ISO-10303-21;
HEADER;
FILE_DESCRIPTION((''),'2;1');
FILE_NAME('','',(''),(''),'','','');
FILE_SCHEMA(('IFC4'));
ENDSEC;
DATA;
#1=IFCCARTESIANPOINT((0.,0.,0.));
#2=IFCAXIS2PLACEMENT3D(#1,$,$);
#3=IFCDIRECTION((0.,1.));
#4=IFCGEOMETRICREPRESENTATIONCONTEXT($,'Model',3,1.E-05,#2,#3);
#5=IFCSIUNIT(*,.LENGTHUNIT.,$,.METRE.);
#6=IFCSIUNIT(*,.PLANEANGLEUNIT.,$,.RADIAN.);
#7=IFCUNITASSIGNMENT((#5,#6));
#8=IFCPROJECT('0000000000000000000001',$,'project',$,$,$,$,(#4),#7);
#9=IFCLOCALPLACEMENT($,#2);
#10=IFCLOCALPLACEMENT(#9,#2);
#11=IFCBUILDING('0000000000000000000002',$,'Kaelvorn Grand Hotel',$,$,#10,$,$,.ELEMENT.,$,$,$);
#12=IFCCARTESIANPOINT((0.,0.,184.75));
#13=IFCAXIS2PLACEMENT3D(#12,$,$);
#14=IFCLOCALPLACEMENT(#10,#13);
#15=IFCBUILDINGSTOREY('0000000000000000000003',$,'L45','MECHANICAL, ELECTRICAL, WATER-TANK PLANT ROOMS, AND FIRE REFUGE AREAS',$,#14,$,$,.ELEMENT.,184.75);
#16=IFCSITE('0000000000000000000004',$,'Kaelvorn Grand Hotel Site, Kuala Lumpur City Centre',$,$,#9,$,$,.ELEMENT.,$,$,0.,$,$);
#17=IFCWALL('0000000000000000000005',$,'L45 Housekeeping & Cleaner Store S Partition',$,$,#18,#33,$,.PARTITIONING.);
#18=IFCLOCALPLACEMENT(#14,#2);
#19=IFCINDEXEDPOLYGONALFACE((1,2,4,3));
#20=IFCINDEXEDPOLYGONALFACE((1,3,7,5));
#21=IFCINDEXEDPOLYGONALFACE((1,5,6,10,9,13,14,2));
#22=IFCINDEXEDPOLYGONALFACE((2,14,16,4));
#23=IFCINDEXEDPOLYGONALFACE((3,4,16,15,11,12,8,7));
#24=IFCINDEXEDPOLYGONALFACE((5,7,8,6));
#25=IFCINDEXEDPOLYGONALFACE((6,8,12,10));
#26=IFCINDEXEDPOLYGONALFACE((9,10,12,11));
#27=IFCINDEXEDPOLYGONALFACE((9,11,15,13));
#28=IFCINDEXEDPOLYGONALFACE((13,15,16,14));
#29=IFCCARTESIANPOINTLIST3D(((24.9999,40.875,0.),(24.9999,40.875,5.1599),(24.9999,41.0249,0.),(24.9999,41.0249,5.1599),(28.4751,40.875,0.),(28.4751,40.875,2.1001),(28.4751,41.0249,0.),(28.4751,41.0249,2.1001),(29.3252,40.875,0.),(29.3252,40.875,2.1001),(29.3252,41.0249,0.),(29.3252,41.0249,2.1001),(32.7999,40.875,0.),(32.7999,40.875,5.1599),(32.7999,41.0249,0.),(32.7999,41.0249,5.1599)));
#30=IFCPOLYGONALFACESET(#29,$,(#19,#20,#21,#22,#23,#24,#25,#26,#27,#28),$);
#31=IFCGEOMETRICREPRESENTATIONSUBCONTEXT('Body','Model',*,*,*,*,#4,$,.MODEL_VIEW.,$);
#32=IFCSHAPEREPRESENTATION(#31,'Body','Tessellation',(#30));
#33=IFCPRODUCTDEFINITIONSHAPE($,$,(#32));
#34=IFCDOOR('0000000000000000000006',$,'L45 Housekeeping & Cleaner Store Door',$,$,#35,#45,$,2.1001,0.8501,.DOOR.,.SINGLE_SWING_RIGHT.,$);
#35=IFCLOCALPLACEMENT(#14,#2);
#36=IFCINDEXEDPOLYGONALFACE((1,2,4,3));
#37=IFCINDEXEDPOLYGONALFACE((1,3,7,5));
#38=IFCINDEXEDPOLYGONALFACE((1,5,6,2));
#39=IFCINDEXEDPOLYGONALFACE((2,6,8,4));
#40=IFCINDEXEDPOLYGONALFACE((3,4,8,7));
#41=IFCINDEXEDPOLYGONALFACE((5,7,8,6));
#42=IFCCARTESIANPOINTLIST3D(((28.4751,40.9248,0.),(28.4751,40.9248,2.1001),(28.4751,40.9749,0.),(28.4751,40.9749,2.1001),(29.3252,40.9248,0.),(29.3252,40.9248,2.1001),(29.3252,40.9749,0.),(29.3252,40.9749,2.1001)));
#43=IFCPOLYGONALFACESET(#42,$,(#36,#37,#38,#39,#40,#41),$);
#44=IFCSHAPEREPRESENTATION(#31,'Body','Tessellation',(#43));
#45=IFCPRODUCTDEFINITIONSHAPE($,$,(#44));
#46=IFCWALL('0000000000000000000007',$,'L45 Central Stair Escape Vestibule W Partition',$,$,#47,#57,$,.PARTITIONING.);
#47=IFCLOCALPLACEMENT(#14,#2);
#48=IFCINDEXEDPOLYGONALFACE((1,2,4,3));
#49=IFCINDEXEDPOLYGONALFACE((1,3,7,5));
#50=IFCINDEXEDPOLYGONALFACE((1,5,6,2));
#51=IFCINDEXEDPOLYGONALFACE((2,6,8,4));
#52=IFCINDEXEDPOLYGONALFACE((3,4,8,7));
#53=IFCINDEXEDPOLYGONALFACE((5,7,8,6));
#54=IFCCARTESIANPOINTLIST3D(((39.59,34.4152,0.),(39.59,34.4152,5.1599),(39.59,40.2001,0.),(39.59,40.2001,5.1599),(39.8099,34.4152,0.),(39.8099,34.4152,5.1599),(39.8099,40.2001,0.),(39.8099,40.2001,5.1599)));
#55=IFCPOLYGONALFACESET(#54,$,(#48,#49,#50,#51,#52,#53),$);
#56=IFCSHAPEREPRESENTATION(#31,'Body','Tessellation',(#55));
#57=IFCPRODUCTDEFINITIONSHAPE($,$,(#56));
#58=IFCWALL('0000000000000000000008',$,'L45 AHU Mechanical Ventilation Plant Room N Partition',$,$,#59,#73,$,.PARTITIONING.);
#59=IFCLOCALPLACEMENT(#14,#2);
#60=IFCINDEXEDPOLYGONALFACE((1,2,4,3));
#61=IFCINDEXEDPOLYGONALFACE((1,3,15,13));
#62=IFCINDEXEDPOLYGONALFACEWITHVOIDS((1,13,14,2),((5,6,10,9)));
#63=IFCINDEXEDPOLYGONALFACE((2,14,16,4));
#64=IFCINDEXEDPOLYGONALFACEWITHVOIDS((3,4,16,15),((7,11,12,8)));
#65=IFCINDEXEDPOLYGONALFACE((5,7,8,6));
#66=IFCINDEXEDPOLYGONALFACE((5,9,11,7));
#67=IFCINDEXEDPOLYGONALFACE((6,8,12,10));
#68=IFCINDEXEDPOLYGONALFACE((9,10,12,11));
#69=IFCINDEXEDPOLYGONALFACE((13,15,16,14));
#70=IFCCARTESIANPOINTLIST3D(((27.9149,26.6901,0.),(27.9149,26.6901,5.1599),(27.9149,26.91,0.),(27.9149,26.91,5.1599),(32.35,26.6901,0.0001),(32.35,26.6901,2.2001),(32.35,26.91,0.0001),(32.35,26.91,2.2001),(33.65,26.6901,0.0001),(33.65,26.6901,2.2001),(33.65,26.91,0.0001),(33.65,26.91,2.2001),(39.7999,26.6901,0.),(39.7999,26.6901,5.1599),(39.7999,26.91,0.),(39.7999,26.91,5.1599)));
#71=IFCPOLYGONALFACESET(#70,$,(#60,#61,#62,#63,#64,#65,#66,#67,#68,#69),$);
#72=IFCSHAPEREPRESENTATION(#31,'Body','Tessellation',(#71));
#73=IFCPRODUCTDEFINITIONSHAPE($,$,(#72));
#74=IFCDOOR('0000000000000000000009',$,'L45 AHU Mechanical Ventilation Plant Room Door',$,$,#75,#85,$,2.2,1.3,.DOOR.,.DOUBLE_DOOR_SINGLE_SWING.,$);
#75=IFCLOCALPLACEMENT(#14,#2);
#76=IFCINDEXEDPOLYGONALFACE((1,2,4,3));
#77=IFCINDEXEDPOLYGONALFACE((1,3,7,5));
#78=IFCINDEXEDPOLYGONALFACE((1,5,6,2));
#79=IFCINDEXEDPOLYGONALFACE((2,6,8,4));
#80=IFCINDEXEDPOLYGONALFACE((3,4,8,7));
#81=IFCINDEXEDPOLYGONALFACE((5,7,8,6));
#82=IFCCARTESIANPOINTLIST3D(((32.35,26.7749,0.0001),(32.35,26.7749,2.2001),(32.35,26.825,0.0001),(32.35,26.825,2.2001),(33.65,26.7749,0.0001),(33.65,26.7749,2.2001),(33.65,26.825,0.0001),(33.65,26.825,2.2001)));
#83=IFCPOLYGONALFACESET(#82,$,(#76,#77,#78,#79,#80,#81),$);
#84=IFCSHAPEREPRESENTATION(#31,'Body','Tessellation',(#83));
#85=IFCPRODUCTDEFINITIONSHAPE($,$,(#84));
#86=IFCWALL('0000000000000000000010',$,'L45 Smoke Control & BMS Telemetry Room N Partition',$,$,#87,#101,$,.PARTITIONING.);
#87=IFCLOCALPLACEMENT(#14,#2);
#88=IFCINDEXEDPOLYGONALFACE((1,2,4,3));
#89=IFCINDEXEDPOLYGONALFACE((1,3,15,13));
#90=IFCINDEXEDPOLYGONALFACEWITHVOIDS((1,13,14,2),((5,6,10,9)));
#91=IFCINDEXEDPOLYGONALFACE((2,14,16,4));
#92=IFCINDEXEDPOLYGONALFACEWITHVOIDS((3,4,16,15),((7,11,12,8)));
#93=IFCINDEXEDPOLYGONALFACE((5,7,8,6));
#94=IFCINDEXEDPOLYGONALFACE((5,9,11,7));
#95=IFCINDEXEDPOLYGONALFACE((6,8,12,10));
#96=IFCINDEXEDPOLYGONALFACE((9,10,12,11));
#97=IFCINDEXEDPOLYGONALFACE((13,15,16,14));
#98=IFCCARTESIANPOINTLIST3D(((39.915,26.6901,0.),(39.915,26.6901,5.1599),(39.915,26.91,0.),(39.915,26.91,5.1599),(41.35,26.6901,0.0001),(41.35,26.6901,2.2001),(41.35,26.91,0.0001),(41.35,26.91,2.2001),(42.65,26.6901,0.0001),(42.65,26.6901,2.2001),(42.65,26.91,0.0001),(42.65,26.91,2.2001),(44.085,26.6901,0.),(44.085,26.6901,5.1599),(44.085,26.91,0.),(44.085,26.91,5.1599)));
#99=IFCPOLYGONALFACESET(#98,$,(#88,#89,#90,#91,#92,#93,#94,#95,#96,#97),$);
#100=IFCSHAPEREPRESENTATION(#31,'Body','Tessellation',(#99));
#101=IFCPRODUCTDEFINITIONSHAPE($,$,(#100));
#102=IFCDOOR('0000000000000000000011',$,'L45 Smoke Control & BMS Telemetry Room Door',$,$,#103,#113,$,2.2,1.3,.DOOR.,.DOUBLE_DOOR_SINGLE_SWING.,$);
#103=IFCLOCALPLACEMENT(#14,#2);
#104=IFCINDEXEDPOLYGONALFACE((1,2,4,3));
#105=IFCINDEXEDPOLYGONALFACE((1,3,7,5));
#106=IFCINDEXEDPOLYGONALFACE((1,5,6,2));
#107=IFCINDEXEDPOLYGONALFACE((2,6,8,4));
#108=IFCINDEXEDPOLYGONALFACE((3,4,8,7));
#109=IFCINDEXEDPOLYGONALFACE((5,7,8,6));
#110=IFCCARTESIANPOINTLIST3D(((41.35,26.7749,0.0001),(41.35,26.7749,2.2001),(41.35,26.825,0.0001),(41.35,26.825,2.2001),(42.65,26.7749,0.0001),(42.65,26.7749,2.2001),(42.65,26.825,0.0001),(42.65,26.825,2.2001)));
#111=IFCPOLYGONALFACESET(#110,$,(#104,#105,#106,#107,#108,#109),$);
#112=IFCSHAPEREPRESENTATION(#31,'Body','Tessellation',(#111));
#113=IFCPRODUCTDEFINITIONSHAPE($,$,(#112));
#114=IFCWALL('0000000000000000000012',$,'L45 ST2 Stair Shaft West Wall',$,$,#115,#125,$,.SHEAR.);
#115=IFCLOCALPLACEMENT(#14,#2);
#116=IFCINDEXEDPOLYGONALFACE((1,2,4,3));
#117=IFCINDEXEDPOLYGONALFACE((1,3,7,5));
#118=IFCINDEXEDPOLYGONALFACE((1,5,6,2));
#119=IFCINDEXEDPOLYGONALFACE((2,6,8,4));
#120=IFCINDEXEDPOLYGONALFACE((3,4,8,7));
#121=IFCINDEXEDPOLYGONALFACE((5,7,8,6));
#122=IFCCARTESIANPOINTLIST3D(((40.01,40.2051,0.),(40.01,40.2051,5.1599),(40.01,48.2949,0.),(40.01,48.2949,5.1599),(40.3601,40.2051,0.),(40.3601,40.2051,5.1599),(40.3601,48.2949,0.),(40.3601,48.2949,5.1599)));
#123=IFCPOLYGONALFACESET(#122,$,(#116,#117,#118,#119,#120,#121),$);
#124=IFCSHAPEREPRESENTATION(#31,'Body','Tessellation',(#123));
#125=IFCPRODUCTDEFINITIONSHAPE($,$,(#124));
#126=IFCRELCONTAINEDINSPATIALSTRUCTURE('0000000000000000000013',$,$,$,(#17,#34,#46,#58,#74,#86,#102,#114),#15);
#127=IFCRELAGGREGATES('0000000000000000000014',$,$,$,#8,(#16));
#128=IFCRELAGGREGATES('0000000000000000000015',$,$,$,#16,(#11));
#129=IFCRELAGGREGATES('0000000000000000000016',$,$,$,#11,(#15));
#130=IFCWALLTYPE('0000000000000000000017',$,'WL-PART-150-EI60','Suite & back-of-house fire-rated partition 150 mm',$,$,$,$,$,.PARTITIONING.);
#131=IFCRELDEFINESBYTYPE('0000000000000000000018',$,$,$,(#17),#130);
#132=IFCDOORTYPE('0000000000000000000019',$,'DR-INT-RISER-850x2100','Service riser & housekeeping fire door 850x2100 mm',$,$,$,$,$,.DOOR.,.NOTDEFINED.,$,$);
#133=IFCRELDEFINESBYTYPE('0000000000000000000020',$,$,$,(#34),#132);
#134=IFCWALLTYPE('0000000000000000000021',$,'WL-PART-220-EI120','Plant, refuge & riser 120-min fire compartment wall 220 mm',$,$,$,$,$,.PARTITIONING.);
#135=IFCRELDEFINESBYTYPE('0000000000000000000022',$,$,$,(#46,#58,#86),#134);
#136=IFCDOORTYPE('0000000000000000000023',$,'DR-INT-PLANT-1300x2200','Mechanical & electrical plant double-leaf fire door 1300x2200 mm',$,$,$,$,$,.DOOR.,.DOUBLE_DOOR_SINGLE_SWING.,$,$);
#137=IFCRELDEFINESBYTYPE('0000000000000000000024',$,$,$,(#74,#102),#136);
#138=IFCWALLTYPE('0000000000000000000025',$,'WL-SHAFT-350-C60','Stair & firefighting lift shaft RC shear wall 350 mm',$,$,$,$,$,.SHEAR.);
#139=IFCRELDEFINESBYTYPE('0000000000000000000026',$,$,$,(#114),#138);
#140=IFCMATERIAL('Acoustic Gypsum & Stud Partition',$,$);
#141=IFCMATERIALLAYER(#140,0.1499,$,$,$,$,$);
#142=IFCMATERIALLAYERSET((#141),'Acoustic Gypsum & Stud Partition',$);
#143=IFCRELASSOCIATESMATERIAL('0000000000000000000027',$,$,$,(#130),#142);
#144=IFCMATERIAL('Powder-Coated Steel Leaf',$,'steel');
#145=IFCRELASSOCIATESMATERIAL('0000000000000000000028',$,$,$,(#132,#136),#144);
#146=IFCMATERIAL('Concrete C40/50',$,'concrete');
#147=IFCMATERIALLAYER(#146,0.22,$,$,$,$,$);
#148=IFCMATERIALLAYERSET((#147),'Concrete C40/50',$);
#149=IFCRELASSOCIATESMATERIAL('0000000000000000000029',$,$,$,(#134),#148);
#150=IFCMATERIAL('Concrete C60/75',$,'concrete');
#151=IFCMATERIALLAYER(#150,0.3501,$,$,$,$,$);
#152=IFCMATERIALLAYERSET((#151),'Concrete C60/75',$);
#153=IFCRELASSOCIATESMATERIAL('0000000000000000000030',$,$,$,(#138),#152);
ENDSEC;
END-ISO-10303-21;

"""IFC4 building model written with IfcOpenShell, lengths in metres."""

from ifc_helpers import new_model, si_unit, direction, frame, frame_2d, origin, place, context, subcontext, project, spatial, rectangle, extrude, material, layer, layer_set, type_object, element, fill, save


model = new_model("IFC4")

# Units and contexts
model_context = context("Model", 3, precision=1e-05, world=origin(), true_north=direction((0.0, 1.0)))
body_context = subcontext(model_context, "Body", "Model", "MODEL_VIEW")
ifc_project = project(units=[si_unit("LENGTHUNIT", "METRE"), si_unit("PLANEANGLEUNIT", "RADIAN")], contexts=[model_context])

# Site, building, storey
site_placement = place(None, origin())
site = spatial("IfcSite", under=ifc_project, at=site_placement, Name="Kaelvorn Grand Hotel Site, Kuala Lumpur City Centre", CompositionType="ELEMENT", RefElevation=0.0)
building_placement = place(site_placement, origin())
building = spatial("IfcBuilding", under=site, at=building_placement, Name="Kaelvorn Grand Hotel", CompositionType="ELEMENT")
storey_placement = place(building_placement, frame((0.0, 0.0, 184.75)))
storey = spatial("IfcBuildingStorey", under=building, at=storey_placement, Name="L45", Description="MECHANICAL, ELECTRICAL, WATER-TANK PLANT ROOMS, AND FIRE REFUGE AREAS", CompositionType="ELEMENT", Elevation=184.75)

# Shared definitions
ifc_material_1 = material(Name="Concrete C60/75", Category="concrete")

# Shared definitions
ifc_material_2 = material(Name="Acoustic Gypsum & Stud Partition")
ifc_layer_1 = layer(ifc_material_2, 0.1499)
ifc_layer_set_1 = layer_set([ifc_layer_1], Name="Acoustic Gypsum & Stud Partition")
wall_type_1 = type_object("IfcWallType", Name="WL-PART-150-EI60", Description="Suite & back-of-house fire-rated partition 150 mm", PredefinedType="PARTITIONING", material=ifc_layer_set_1)
ifc_material_3 = material(Name="Powder-Coated Steel Leaf", Category="steel")
door_type_1 = type_object("IfcDoorType", Name="DR-INT-RISER-850x2100", Description="Service riser & housekeeping fire door 850x2100 mm", OperationType="NOTDEFINED", PredefinedType="DOOR", material=ifc_material_3)

# Wall, opening, door
wall_1_placement = place(storey_placement, frame((25.0, 40.95, 0.0), z_axis=(0.0, 0.0, 1.0), x_axis=(1.0, 0.0, 0.0)))
wall_1 = element("IfcWall", 1, at=wall_1_placement, inside=storey, type_object=wall_type_1, Name="L45 Housekeeping & Cleaner Store S Partition", PredefinedType="PARTITIONING", context=body_context, shape_type="SweptSolid", body=[
    extrude(rectangle(XDim=7.8, YDim=0.1499, at=frame_2d((3.8999, 0.0))), origin(), (0.0, 0.0, 1.0), 5.1599),
])
opening_1_placement = place(wall_1_placement, frame((3.4751, 0.0, 0.0)))
opening_1 = element("IfcOpeningElement", 2, at=opening_1_placement, cuts=wall_1, PredefinedType="OPENING", context=body_context, shape_type="SweptSolid", body=[
    extrude(rectangle(XDim=0.8501, YDim=2.1001, at=frame_2d((0.425, 1.05))), frame((0.0, 0.085, 0.0), z_axis=(0.0, -1.0, 0.0), x_axis=(1.0, 0.0, 0.0)), (0.0, 0.0, 1.0), 0.1699),
])
door_1_placement = place(opening_1_placement, origin())
door_1 = element("IfcDoor", 3, at=door_1_placement, inside=storey, type_object=door_type_1, Name="L45 Housekeeping & Cleaner Store Door", OperationType="SINGLE_SWING_RIGHT", OverallHeight=2.1001, OverallWidth=0.8501, PredefinedType="DOOR", context=body_context, shape_type="SweptSolid", body=[
    extrude(rectangle(XDim=0.8501, YDim=2.1001, at=frame_2d((0.425, 1.05))), frame((0.0, 0.0249, 0.0), z_axis=(0.0, -1.0, 0.0), x_axis=(1.0, 0.0, 0.0)), (0.0, 0.0, 1.0), 0.05),
])
fill(opening_1, door_1)
ifc_material_4 = material(Name="Concrete C40/50", Category="concrete")
ifc_layer_2 = layer(ifc_material_4, 0.22)
ifc_layer_set_2 = layer_set([ifc_layer_2], Name="Concrete C40/50")
wall_type_2 = type_object("IfcWallType", Name="WL-PART-220-EI120", Description="Plant, refuge & riser 120-min fire compartment wall 220 mm", PredefinedType="PARTITIONING", material=ifc_layer_set_2)

# Wall
wall_2_placement = place(storey_placement, frame((39.7, 34.415, 0.0), z_axis=(0.0, 0.0, 1.0), x_axis=(0.0, 1.0, 0.0)))
element("IfcWall", 4, at=wall_2_placement, inside=storey, type_object=wall_type_2, Name="L45 Central Stair Escape Vestibule W Partition", PredefinedType="PARTITIONING", context=body_context, shape_type="SweptSolid", body=[
    extrude(rectangle(XDim=5.7849, YDim=0.22, at=frame_2d((2.8926, 0.0))), origin(), (0.0, 0.0, 1.0), 5.1599),
])

# Walls, openings, doors
wall_3_placement = place(storey_placement, frame((27.915, 26.8, 0.0), z_axis=(0.0, 0.0, 1.0), x_axis=(1.0, 0.0, 0.0)))
wall_3 = element("IfcWall", 5, at=wall_3_placement, inside=storey, type_object=wall_type_2, Name="L45 AHU Mechanical Ventilation Plant Room N Partition", PredefinedType="PARTITIONING", context=body_context, shape_type="SweptSolid", body=[
    extrude(rectangle(XDim=11.885, YDim=0.22, at=frame_2d((5.9424, 0.0))), origin(), (0.0, 0.0, 1.0), 5.1599),
])
opening_2_placement = place(wall_3_placement, frame((4.4351, 0.0, 0.0)))
opening_2 = element("IfcOpeningElement", 6, at=opening_2_placement, cuts=wall_3, PredefinedType="OPENING", context=body_context, shape_type="SweptSolid", body=[
    extrude(rectangle(XDim=1.3, YDim=2.2, at=frame_2d((0.6499, 1.1001))), frame((0.0, 0.1201, 0.0), z_axis=(0.0, -1.0, 0.0), x_axis=(1.0, 0.0, 0.0)), (0.0, 0.0, 1.0), 0.24),
])
door_type_2 = type_object("IfcDoorType", Name="DR-INT-PLANT-1300x2200", Description="Mechanical & electrical plant double-leaf fire door 1300x2200 mm", OperationType="DOUBLE_DOOR_SINGLE_SWING", PredefinedType="DOOR", material=ifc_material_3)
door_2_placement = place(opening_2_placement, origin())
door_2 = element("IfcDoor", 7, at=door_2_placement, inside=storey, type_object=door_type_2, Name="L45 AHU Mechanical Ventilation Plant Room Door", OperationType="DOUBLE_DOOR_SINGLE_SWING", OverallHeight=2.2, OverallWidth=1.3, PredefinedType="DOOR", context=body_context, shape_type="SweptSolid", body=[
    extrude(rectangle(XDim=1.3, YDim=2.2, at=frame_2d((0.6499, 1.1001))), frame((0.0, 0.0249, 0.0), z_axis=(0.0, -1.0, 0.0), x_axis=(1.0, 0.0, 0.0)), (0.0, 0.0, 1.0), 0.05),
])
fill(opening_2, door_2)
wall_4_placement = place(storey_placement, frame((39.915, 26.8, 0.0), z_axis=(0.0, 0.0, 1.0), x_axis=(1.0, 0.0, 0.0)))
wall_4 = element("IfcWall", 8, at=wall_4_placement, inside=storey, type_object=wall_type_2, Name="L45 Smoke Control & BMS Telemetry Room N Partition", PredefinedType="PARTITIONING", context=body_context, shape_type="SweptSolid", body=[
    extrude(rectangle(XDim=4.1699, YDim=0.22, at=frame_2d((2.085, 0.0))), origin(), (0.0, 0.0, 1.0), 5.1599),
])
opening_3_placement = place(wall_4_placement, frame((1.4351, 0.0, 0.0)))
opening_3 = element("IfcOpeningElement", 9, at=opening_3_placement, cuts=wall_4, PredefinedType="OPENING", context=body_context, shape_type="SweptSolid", body=[
    extrude(rectangle(XDim=1.3, YDim=2.2, at=frame_2d((0.6499, 1.1001))), frame((0.0, 0.1201, 0.0), z_axis=(0.0, -1.0, 0.0), x_axis=(1.0, 0.0, 0.0)), (0.0, 0.0, 1.0), 0.24),
])
door_3_placement = place(opening_3_placement, origin())
door_3 = element("IfcDoor", 10, at=door_3_placement, inside=storey, type_object=door_type_2, Name="L45 Smoke Control & BMS Telemetry Room Door", OperationType="DOUBLE_DOOR_SINGLE_SWING", OverallHeight=2.2, OverallWidth=1.3, PredefinedType="DOOR", context=body_context, shape_type="SweptSolid", body=[
    extrude(rectangle(XDim=1.3, YDim=2.2, at=frame_2d((0.6499, 1.1001))), frame((0.0, 0.0249, 0.0), z_axis=(0.0, -1.0, 0.0), x_axis=(1.0, 0.0, 0.0)), (0.0, 0.0, 1.0), 0.05),
])
fill(opening_3, door_3)
ifc_layer_3 = layer(ifc_material_1, 0.3501)
ifc_layer_set_3 = layer_set([ifc_layer_3], Name="Concrete C60/75")
wall_type_3 = type_object("IfcWallType", Name="WL-SHAFT-350-C60", Description="Stair & firefighting lift shaft RC shear wall 350 mm", PredefinedType="SHEAR", material=ifc_layer_set_3)

# Wall
wall_5_placement = place(storey_placement, frame((40.1851, 40.2051, 0.0), z_axis=(0.0, 0.0, 1.0), x_axis=(0.0, 1.0, 0.0)))
element("IfcWall", 11, at=wall_5_placement, inside=storey, type_object=wall_type_3, Name="L45 ST2 Stair Shaft West Wall", PredefinedType="SHEAR", context=body_context, shape_type="SweptSolid", body=[
    extrude(rectangle(XDim=8.0898, YDim=0.3501, at=frame_2d((4.0449, 0.0))), origin(), (0.0, 0.0, 1.0), 5.1599),
])

save(model, "model.ifc")
